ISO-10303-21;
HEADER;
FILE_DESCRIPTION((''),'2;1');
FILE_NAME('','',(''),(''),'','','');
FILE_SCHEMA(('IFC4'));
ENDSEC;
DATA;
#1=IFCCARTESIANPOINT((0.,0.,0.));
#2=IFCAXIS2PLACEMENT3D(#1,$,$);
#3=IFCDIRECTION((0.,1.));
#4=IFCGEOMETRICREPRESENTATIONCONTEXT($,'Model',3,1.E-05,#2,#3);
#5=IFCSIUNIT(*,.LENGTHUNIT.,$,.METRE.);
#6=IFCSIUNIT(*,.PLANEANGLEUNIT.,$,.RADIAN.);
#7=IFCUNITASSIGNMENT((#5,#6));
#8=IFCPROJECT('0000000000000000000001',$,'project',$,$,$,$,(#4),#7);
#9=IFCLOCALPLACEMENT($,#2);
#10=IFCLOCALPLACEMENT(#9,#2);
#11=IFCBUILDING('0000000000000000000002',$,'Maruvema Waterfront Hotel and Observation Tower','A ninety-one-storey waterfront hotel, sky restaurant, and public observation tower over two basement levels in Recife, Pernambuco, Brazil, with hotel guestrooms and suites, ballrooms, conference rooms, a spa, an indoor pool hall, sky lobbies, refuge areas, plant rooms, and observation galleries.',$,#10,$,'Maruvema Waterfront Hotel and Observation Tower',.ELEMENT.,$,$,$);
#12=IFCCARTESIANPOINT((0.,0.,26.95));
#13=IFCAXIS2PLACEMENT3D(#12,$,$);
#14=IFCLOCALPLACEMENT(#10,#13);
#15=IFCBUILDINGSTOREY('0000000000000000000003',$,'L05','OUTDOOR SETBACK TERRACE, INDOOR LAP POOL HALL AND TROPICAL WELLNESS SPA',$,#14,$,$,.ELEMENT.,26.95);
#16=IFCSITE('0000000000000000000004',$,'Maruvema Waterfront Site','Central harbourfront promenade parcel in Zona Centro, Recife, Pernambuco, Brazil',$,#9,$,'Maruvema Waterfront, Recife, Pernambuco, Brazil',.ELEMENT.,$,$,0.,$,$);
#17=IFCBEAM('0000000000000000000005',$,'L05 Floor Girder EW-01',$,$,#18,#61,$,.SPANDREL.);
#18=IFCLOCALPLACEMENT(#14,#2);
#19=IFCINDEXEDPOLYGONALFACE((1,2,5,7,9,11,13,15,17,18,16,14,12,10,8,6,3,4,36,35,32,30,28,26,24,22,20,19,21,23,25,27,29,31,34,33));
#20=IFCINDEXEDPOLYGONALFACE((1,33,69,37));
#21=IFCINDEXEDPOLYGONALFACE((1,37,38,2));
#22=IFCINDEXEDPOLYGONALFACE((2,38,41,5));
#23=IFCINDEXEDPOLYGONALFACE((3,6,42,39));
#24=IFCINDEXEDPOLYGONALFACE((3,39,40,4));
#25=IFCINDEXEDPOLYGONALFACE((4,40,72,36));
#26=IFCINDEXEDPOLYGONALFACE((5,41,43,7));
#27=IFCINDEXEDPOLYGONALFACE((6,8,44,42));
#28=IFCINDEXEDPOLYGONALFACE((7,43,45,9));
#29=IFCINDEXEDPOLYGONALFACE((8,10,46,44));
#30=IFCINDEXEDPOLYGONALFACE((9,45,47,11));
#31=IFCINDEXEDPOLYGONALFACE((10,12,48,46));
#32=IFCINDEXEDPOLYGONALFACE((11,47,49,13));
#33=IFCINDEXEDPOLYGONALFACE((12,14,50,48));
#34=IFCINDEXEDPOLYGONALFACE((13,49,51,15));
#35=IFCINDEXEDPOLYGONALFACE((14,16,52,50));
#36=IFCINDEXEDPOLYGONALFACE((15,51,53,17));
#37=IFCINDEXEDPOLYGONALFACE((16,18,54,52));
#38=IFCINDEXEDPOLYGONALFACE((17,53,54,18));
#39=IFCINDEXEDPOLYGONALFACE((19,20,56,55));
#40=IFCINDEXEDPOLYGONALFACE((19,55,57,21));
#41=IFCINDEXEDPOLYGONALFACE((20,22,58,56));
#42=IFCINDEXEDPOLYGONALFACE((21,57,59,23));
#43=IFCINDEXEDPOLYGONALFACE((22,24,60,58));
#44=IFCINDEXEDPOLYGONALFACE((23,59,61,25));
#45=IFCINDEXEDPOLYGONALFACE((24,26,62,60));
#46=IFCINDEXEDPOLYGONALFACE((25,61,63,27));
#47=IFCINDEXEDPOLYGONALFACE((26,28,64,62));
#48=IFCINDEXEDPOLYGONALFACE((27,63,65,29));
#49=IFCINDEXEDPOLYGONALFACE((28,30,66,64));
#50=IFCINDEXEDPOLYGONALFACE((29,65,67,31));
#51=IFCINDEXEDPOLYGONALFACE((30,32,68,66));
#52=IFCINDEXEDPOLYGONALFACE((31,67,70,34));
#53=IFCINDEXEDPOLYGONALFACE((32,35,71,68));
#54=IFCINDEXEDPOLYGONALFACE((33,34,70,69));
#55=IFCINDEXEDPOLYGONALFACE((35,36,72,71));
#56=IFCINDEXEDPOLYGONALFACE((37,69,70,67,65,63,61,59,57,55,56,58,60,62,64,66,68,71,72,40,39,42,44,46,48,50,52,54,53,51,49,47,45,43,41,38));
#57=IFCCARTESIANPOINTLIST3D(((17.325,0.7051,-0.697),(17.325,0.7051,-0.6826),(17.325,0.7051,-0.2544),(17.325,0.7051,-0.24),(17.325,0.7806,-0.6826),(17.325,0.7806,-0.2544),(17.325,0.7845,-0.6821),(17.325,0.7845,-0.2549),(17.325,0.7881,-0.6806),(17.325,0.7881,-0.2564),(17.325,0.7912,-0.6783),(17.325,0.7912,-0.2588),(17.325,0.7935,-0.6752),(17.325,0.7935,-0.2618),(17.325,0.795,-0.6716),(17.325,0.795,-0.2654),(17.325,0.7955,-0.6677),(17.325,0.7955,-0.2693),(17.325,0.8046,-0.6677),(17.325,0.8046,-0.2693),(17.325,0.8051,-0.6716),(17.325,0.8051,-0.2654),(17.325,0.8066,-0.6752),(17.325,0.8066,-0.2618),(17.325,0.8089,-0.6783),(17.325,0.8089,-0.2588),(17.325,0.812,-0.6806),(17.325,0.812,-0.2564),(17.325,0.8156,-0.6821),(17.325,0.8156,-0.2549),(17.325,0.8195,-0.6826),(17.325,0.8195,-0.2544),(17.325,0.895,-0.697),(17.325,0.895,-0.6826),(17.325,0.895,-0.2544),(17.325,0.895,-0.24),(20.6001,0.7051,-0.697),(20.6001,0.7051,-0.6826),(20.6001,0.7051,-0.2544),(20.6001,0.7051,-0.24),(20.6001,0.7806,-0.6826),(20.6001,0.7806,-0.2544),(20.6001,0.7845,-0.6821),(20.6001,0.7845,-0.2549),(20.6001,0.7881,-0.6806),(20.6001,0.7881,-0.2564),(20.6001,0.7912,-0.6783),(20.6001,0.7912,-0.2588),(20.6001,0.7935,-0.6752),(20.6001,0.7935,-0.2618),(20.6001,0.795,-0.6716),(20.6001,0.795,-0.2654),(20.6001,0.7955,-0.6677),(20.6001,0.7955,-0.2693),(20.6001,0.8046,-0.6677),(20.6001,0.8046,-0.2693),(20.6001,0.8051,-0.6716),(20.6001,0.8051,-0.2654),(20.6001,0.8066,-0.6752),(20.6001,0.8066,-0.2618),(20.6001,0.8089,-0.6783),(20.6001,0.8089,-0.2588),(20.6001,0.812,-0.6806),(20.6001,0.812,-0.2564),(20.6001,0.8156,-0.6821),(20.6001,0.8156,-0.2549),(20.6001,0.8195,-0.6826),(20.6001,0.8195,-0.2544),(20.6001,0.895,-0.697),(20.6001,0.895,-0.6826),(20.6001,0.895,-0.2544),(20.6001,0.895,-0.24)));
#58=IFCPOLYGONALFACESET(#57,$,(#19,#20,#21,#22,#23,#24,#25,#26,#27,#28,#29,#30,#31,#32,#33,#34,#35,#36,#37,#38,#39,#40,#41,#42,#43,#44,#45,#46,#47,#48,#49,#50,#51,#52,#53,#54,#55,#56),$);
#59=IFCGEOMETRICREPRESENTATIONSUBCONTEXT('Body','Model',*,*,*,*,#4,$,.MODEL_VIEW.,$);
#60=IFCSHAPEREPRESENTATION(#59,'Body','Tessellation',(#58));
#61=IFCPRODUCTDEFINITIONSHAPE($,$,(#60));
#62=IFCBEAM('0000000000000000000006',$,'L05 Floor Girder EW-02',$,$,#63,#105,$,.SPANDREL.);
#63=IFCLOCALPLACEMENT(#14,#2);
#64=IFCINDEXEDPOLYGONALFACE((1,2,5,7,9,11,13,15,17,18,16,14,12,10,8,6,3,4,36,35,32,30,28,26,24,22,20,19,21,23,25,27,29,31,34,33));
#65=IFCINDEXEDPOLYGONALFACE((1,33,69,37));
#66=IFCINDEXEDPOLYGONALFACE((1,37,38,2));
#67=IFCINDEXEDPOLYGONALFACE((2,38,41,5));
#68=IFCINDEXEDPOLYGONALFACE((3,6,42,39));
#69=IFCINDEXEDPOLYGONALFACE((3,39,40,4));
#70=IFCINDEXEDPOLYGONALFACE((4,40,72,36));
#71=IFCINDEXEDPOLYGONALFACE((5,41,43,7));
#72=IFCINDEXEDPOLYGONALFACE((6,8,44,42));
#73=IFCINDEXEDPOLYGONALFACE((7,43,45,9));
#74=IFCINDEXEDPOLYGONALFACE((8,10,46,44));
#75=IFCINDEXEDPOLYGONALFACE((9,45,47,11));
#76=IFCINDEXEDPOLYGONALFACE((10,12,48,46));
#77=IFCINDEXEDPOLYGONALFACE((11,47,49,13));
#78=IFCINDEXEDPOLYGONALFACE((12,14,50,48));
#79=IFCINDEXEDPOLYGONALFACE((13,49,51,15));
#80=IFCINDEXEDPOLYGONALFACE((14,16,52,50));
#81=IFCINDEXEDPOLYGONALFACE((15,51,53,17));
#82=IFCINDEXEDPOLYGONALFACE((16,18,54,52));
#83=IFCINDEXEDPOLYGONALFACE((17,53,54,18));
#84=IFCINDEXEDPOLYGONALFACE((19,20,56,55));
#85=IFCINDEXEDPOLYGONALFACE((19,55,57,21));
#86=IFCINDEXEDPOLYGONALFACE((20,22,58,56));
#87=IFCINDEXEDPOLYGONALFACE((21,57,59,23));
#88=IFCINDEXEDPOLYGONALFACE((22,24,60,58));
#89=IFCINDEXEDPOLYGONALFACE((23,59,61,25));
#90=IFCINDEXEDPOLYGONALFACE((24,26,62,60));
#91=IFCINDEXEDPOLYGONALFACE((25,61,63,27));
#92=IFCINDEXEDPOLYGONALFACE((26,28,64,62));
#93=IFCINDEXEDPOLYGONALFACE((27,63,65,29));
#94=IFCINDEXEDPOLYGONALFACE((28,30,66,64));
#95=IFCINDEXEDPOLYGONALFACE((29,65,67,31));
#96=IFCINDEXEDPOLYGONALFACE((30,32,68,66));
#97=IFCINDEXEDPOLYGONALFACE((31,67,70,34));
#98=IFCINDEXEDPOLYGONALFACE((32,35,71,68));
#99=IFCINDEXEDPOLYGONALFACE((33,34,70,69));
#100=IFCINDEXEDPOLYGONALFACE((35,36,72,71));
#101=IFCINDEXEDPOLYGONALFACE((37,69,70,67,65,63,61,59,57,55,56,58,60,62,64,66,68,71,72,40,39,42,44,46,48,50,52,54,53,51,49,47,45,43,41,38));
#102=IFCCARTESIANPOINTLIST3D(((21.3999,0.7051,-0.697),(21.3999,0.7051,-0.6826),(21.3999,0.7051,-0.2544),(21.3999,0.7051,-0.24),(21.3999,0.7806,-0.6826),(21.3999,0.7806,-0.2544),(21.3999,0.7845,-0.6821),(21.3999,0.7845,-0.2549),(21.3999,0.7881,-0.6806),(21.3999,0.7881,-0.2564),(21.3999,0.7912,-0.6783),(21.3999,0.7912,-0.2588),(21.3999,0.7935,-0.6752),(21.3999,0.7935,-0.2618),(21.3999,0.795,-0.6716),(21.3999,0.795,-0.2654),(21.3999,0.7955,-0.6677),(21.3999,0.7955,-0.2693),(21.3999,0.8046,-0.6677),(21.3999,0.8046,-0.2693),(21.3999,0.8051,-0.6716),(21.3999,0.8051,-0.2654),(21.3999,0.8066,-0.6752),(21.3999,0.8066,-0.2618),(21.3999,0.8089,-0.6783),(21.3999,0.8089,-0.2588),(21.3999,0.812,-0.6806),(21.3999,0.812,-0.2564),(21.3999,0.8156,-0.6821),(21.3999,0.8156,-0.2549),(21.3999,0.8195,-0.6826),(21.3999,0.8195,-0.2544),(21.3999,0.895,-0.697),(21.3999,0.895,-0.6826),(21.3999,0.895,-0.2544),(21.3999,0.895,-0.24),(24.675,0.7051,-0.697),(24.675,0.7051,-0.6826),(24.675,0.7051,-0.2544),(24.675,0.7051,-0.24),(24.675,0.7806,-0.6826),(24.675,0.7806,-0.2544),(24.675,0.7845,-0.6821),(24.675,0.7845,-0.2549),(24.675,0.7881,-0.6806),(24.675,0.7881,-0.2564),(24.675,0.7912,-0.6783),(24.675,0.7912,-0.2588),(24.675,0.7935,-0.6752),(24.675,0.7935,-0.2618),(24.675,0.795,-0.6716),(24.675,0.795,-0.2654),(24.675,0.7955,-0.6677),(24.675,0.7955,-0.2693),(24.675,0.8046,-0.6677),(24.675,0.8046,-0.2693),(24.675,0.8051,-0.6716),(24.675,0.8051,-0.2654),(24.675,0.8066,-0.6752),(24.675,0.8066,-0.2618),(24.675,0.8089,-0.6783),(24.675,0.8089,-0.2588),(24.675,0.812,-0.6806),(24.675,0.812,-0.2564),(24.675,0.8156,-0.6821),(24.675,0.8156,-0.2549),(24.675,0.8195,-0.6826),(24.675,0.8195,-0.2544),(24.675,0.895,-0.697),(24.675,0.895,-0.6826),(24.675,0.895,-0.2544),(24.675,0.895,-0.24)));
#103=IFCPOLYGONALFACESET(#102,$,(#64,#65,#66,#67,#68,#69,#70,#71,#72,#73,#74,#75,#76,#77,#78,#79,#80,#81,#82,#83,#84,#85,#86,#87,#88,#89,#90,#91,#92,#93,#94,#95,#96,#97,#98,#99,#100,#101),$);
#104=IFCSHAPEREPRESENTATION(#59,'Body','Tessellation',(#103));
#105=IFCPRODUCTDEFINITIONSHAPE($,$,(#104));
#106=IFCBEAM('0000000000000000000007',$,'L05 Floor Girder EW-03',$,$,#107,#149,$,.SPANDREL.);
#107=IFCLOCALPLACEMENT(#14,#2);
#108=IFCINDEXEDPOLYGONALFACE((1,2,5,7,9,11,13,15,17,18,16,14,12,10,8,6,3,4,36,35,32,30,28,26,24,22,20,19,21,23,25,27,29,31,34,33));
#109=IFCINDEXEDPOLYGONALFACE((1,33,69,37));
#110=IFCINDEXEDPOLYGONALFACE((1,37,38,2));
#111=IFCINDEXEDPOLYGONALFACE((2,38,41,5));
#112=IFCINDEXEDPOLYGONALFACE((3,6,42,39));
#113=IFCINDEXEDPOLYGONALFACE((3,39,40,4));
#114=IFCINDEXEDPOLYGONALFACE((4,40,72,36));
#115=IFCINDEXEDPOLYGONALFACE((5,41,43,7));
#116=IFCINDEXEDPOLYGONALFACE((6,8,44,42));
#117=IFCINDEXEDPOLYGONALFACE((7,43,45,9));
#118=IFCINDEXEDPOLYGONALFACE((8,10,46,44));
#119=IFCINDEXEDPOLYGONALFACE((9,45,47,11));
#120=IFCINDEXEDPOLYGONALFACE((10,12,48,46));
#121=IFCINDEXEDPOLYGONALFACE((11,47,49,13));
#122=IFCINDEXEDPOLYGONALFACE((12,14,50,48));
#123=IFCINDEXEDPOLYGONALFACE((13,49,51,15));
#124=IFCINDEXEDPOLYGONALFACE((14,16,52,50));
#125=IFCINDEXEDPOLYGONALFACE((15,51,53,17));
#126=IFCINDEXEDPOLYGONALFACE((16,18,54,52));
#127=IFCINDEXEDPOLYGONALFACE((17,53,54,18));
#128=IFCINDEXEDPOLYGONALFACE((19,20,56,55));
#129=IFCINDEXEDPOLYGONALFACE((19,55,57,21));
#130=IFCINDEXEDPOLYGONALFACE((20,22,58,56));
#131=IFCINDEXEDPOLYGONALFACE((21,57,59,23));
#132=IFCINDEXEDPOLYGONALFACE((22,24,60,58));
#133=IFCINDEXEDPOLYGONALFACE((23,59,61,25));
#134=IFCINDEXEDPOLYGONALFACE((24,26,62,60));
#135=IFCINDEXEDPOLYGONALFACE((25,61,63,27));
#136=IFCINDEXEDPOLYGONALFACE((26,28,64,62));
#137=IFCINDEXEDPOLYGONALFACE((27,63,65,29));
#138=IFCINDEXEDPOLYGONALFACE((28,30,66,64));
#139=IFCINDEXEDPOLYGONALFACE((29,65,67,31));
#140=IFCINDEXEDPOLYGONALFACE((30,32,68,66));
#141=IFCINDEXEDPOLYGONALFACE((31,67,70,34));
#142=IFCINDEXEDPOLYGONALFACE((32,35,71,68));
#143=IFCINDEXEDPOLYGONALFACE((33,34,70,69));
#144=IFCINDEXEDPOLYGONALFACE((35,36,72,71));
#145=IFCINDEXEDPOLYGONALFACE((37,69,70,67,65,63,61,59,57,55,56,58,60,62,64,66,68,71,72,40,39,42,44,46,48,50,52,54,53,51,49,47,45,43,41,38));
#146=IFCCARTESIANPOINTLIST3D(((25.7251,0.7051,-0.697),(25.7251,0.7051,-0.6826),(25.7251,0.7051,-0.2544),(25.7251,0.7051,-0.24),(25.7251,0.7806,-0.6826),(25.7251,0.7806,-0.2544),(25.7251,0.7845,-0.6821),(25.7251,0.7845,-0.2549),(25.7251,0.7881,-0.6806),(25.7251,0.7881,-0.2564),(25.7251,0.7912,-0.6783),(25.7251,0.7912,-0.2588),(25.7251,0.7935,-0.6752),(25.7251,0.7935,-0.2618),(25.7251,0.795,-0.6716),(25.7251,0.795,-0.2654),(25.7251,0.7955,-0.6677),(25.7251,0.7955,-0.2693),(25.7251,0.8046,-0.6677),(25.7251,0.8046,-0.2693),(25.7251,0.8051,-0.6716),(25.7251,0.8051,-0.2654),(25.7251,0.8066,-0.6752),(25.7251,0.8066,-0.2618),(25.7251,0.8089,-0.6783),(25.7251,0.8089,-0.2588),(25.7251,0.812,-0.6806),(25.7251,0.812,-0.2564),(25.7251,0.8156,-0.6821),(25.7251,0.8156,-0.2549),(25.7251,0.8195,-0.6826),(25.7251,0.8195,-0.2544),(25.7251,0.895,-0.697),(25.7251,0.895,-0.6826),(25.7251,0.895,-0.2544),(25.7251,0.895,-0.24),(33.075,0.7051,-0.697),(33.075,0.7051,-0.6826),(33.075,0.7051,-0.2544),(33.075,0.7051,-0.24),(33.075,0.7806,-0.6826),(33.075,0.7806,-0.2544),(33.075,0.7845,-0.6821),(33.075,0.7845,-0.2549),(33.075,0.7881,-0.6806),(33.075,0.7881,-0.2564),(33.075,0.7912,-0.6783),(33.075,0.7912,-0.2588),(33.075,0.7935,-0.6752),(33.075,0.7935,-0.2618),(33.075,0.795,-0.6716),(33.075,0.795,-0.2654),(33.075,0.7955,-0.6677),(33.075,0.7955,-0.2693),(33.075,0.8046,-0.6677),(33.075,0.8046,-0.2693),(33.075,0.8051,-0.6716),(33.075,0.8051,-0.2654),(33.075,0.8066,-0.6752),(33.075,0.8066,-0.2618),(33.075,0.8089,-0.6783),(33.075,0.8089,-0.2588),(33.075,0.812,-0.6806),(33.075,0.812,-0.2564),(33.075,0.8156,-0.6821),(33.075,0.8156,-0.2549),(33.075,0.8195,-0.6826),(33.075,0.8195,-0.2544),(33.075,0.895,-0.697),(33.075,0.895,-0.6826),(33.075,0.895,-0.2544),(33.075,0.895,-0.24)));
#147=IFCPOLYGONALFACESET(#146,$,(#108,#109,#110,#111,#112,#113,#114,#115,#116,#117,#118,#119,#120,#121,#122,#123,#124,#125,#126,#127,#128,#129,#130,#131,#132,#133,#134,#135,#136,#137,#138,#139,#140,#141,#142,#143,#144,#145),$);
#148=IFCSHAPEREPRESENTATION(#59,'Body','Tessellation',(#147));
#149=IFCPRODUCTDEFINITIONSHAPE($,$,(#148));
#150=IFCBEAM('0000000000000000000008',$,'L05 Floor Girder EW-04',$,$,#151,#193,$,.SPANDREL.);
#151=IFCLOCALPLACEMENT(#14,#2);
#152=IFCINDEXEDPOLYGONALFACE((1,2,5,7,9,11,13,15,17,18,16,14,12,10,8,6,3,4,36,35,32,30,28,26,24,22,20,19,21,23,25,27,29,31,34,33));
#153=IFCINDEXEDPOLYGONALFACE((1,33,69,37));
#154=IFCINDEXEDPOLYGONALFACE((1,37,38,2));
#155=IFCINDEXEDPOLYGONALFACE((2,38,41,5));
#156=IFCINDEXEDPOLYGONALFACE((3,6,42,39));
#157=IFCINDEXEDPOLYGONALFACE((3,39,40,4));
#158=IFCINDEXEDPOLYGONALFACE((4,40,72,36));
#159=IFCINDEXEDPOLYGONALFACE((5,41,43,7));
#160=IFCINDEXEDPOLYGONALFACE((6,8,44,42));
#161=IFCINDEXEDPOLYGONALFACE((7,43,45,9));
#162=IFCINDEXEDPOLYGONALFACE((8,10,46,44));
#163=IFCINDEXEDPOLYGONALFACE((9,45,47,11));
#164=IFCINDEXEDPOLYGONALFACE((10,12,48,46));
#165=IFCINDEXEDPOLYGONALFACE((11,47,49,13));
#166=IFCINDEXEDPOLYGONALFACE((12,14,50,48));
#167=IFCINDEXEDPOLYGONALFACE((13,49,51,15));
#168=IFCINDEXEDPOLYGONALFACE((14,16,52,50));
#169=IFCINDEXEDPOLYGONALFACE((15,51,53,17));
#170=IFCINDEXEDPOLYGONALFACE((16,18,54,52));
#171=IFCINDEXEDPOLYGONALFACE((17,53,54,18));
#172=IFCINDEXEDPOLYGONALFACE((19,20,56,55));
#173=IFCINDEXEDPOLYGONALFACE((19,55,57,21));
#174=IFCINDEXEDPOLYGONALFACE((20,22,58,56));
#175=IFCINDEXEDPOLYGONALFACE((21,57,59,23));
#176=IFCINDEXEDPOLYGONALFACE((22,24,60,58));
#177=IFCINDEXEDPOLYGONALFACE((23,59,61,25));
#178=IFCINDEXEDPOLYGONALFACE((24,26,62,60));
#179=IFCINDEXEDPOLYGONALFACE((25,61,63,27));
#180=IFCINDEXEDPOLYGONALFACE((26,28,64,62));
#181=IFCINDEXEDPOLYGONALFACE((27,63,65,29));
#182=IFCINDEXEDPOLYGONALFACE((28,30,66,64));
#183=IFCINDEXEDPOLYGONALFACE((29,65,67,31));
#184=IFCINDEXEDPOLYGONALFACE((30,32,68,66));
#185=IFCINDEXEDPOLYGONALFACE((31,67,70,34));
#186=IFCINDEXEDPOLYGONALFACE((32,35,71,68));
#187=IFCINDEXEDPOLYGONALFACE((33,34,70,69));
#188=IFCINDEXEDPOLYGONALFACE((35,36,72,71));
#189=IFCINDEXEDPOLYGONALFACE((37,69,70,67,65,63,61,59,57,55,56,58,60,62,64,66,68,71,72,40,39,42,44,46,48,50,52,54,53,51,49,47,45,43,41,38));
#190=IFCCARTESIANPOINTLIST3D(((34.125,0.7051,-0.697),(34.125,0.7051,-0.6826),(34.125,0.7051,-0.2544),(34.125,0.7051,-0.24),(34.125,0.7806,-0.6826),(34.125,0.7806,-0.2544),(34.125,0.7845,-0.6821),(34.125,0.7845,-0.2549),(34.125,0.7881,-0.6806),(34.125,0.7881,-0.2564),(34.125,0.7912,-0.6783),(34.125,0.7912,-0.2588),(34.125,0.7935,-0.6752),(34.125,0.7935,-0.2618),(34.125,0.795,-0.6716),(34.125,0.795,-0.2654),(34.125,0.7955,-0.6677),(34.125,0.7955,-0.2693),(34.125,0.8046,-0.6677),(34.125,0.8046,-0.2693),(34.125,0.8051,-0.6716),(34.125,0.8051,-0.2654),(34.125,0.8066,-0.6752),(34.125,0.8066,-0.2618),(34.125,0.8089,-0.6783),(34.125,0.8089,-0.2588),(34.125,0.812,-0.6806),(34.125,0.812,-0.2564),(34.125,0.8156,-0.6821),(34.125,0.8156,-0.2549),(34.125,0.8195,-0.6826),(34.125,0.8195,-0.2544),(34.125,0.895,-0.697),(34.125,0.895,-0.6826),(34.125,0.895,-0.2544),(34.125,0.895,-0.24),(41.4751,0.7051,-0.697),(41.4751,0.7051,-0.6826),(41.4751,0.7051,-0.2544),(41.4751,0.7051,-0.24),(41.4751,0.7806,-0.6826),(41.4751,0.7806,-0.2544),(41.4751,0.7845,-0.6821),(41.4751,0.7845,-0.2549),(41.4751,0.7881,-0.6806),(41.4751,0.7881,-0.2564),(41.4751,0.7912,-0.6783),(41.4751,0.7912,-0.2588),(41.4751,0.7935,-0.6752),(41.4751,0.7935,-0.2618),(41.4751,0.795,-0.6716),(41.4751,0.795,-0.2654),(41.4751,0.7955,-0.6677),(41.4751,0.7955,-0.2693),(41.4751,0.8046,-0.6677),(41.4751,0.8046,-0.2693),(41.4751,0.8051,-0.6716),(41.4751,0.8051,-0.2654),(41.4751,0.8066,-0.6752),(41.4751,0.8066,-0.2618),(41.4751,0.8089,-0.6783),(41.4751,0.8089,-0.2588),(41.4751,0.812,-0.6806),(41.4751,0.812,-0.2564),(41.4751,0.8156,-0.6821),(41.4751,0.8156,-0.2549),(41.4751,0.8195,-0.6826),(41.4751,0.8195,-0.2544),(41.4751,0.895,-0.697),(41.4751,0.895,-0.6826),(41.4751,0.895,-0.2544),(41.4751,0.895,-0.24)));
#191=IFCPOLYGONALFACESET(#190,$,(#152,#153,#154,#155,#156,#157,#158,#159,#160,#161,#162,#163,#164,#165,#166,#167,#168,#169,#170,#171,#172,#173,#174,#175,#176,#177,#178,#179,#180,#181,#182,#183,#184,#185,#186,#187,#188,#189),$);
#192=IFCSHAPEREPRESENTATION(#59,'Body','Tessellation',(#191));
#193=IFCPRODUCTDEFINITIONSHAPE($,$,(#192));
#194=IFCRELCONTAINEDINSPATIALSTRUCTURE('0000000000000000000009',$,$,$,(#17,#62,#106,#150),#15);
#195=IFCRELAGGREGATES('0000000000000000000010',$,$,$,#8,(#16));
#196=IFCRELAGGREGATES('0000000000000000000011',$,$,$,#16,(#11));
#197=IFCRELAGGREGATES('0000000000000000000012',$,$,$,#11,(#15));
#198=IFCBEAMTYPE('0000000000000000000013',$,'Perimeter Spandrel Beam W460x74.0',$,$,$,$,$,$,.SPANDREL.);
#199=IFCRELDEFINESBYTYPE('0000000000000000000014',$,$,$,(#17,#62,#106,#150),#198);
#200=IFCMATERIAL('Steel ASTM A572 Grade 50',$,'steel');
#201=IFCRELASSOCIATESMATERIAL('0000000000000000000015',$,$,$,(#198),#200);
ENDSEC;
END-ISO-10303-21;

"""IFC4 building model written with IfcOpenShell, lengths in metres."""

from ifc_helpers import new_model, si_unit, direction, frame, origin, origin_2d, place, context, subcontext, project, spatial, i_section, extrude, material, material_profile, profile_set, type_object, element, save


model = new_model("IFC4")

# Units and contexts
model_context = context("Model", 3, precision=1e-05, world=origin(), true_north=direction((0.0, 1.0)))
body_context = subcontext(model_context, "Body", "Model", "MODEL_VIEW")
ifc_project = project(units=[si_unit("LENGTHUNIT", "METRE"), si_unit("PLANEANGLEUNIT", "RADIAN")], contexts=[model_context])

# Site, building, storey
site_placement = place(None, origin())
site = spatial("IfcSite", under=ifc_project, at=site_placement, Name="Maruvema Waterfront Site", Description="Central harbourfront promenade parcel in Zona Centro, Recife, Pernambuco, Brazil", LongName="Maruvema Waterfront, Recife, Pernambuco, Brazil", CompositionType="ELEMENT", RefElevation=0.0)
building_placement = place(site_placement, origin())
building = spatial("IfcBuilding", under=site, at=building_placement, Name="Maruvema Waterfront Hotel and Observation Tower", Description="A ninety-one-storey waterfront hotel, sky restaurant, and public observation tower over two basement levels in Recife, Pernambuco, Brazil, with hotel guestrooms and suites, ballrooms, conference rooms, a spa, an indoor pool hall, sky lobbies, refuge areas, plant rooms, and observation galleries.", LongName="Maruvema Waterfront Hotel and Observation Tower", CompositionType="ELEMENT")
storey_placement = place(building_placement, frame((0.0, 0.0, 26.95)))
storey = spatial("IfcBuildingStorey", under=building, at=storey_placement, Name="L05", Description="OUTDOOR SETBACK TERRACE, INDOOR LAP POOL HALL AND TROPICAL WELLNESS SPA", CompositionType="ELEMENT", Elevation=26.95)

# Beams
ifc_material_1 = material(Name="Steel ASTM A572 Grade 50", Category="steel")
ifc_material_profile_1 = material_profile(ifc_material_1, i_section(OverallWidth=0.1899, OverallDepth=0.457, WebThickness=0.009, FlangeThickness=0.0144, FilletRadius=0.0149, at=origin_2d()), Name="W460x74.0")
ifc_profile_set_1 = profile_set([ifc_material_profile_1], Name="Steel ASTM A572 Grade 50")
beam_type_1 = type_object("IfcBeamType", Name="Perimeter Spandrel Beam W460x74.0", PredefinedType="SPANDREL", material=ifc_profile_set_1)
for number, where, z_axis, x_axis, name in (
    (1, (17.325, 0.8, -0.4685), (1.0, 0.0, 0.0), (0.0, 1.0, 0.0), "L05 Floor Girder EW-01"),
    (2, (21.3999, 0.8, -0.4685), (1.0, 0.0, 0.0), (0.0, 1.0, 0.0), "L05 Floor Girder EW-02"),
):
    element("IfcBeam", number, at=place(storey_placement, frame(where, z_axis=z_axis, x_axis=x_axis)), inside=storey, type_object=beam_type_1, Name=name, PredefinedType="SPANDREL", context=body_context, shape_type="SweptSolid", body=[
        extrude(i_section(OverallWidth=0.1899, OverallDepth=0.457, WebThickness=0.009, FlangeThickness=0.0144, FilletRadius=0.0149, at=origin_2d()), origin(), (0.0, 0.0, 1.0), 3.2751),
    ])
beam_1_placement = place(storey_placement, frame((25.7251, 0.8, -0.4685), z_axis=(1.0, 0.0, 0.0), x_axis=(0.0, 1.0, 0.0)))
element("IfcBeam", 3, at=beam_1_placement, inside=storey, type_object=beam_type_1, Name="L05 Floor Girder EW-03", PredefinedType="SPANDREL", context=body_context, shape_type="SweptSolid", body=[
    extrude(i_section(OverallWidth=0.1899, OverallDepth=0.457, WebThickness=0.009, FlangeThickness=0.0144, FilletRadius=0.0149, at=origin_2d()), origin(), (0.0, 0.0, 1.0), 7.3499),
])
beam_2_placement = place(storey_placement, frame((34.125, 0.8, -0.4685), z_axis=(1.0, 0.0, 0.0), x_axis=(0.0, 1.0, 0.0)))
element("IfcBeam", 4, at=beam_2_placement, inside=storey, type_object=beam_type_1, Name="L05 Floor Girder EW-04", PredefinedType="SPANDREL", context=body_context, shape_type="SweptSolid", body=[
    extrude(i_section(OverallWidth=0.1899, OverallDepth=0.457, WebThickness=0.009, FlangeThickness=0.0144, FilletRadius=0.0149, at=origin_2d()), origin(), (0.0, 0.0, 1.0), 7.3501),
])

save(model, "model.ifc")
